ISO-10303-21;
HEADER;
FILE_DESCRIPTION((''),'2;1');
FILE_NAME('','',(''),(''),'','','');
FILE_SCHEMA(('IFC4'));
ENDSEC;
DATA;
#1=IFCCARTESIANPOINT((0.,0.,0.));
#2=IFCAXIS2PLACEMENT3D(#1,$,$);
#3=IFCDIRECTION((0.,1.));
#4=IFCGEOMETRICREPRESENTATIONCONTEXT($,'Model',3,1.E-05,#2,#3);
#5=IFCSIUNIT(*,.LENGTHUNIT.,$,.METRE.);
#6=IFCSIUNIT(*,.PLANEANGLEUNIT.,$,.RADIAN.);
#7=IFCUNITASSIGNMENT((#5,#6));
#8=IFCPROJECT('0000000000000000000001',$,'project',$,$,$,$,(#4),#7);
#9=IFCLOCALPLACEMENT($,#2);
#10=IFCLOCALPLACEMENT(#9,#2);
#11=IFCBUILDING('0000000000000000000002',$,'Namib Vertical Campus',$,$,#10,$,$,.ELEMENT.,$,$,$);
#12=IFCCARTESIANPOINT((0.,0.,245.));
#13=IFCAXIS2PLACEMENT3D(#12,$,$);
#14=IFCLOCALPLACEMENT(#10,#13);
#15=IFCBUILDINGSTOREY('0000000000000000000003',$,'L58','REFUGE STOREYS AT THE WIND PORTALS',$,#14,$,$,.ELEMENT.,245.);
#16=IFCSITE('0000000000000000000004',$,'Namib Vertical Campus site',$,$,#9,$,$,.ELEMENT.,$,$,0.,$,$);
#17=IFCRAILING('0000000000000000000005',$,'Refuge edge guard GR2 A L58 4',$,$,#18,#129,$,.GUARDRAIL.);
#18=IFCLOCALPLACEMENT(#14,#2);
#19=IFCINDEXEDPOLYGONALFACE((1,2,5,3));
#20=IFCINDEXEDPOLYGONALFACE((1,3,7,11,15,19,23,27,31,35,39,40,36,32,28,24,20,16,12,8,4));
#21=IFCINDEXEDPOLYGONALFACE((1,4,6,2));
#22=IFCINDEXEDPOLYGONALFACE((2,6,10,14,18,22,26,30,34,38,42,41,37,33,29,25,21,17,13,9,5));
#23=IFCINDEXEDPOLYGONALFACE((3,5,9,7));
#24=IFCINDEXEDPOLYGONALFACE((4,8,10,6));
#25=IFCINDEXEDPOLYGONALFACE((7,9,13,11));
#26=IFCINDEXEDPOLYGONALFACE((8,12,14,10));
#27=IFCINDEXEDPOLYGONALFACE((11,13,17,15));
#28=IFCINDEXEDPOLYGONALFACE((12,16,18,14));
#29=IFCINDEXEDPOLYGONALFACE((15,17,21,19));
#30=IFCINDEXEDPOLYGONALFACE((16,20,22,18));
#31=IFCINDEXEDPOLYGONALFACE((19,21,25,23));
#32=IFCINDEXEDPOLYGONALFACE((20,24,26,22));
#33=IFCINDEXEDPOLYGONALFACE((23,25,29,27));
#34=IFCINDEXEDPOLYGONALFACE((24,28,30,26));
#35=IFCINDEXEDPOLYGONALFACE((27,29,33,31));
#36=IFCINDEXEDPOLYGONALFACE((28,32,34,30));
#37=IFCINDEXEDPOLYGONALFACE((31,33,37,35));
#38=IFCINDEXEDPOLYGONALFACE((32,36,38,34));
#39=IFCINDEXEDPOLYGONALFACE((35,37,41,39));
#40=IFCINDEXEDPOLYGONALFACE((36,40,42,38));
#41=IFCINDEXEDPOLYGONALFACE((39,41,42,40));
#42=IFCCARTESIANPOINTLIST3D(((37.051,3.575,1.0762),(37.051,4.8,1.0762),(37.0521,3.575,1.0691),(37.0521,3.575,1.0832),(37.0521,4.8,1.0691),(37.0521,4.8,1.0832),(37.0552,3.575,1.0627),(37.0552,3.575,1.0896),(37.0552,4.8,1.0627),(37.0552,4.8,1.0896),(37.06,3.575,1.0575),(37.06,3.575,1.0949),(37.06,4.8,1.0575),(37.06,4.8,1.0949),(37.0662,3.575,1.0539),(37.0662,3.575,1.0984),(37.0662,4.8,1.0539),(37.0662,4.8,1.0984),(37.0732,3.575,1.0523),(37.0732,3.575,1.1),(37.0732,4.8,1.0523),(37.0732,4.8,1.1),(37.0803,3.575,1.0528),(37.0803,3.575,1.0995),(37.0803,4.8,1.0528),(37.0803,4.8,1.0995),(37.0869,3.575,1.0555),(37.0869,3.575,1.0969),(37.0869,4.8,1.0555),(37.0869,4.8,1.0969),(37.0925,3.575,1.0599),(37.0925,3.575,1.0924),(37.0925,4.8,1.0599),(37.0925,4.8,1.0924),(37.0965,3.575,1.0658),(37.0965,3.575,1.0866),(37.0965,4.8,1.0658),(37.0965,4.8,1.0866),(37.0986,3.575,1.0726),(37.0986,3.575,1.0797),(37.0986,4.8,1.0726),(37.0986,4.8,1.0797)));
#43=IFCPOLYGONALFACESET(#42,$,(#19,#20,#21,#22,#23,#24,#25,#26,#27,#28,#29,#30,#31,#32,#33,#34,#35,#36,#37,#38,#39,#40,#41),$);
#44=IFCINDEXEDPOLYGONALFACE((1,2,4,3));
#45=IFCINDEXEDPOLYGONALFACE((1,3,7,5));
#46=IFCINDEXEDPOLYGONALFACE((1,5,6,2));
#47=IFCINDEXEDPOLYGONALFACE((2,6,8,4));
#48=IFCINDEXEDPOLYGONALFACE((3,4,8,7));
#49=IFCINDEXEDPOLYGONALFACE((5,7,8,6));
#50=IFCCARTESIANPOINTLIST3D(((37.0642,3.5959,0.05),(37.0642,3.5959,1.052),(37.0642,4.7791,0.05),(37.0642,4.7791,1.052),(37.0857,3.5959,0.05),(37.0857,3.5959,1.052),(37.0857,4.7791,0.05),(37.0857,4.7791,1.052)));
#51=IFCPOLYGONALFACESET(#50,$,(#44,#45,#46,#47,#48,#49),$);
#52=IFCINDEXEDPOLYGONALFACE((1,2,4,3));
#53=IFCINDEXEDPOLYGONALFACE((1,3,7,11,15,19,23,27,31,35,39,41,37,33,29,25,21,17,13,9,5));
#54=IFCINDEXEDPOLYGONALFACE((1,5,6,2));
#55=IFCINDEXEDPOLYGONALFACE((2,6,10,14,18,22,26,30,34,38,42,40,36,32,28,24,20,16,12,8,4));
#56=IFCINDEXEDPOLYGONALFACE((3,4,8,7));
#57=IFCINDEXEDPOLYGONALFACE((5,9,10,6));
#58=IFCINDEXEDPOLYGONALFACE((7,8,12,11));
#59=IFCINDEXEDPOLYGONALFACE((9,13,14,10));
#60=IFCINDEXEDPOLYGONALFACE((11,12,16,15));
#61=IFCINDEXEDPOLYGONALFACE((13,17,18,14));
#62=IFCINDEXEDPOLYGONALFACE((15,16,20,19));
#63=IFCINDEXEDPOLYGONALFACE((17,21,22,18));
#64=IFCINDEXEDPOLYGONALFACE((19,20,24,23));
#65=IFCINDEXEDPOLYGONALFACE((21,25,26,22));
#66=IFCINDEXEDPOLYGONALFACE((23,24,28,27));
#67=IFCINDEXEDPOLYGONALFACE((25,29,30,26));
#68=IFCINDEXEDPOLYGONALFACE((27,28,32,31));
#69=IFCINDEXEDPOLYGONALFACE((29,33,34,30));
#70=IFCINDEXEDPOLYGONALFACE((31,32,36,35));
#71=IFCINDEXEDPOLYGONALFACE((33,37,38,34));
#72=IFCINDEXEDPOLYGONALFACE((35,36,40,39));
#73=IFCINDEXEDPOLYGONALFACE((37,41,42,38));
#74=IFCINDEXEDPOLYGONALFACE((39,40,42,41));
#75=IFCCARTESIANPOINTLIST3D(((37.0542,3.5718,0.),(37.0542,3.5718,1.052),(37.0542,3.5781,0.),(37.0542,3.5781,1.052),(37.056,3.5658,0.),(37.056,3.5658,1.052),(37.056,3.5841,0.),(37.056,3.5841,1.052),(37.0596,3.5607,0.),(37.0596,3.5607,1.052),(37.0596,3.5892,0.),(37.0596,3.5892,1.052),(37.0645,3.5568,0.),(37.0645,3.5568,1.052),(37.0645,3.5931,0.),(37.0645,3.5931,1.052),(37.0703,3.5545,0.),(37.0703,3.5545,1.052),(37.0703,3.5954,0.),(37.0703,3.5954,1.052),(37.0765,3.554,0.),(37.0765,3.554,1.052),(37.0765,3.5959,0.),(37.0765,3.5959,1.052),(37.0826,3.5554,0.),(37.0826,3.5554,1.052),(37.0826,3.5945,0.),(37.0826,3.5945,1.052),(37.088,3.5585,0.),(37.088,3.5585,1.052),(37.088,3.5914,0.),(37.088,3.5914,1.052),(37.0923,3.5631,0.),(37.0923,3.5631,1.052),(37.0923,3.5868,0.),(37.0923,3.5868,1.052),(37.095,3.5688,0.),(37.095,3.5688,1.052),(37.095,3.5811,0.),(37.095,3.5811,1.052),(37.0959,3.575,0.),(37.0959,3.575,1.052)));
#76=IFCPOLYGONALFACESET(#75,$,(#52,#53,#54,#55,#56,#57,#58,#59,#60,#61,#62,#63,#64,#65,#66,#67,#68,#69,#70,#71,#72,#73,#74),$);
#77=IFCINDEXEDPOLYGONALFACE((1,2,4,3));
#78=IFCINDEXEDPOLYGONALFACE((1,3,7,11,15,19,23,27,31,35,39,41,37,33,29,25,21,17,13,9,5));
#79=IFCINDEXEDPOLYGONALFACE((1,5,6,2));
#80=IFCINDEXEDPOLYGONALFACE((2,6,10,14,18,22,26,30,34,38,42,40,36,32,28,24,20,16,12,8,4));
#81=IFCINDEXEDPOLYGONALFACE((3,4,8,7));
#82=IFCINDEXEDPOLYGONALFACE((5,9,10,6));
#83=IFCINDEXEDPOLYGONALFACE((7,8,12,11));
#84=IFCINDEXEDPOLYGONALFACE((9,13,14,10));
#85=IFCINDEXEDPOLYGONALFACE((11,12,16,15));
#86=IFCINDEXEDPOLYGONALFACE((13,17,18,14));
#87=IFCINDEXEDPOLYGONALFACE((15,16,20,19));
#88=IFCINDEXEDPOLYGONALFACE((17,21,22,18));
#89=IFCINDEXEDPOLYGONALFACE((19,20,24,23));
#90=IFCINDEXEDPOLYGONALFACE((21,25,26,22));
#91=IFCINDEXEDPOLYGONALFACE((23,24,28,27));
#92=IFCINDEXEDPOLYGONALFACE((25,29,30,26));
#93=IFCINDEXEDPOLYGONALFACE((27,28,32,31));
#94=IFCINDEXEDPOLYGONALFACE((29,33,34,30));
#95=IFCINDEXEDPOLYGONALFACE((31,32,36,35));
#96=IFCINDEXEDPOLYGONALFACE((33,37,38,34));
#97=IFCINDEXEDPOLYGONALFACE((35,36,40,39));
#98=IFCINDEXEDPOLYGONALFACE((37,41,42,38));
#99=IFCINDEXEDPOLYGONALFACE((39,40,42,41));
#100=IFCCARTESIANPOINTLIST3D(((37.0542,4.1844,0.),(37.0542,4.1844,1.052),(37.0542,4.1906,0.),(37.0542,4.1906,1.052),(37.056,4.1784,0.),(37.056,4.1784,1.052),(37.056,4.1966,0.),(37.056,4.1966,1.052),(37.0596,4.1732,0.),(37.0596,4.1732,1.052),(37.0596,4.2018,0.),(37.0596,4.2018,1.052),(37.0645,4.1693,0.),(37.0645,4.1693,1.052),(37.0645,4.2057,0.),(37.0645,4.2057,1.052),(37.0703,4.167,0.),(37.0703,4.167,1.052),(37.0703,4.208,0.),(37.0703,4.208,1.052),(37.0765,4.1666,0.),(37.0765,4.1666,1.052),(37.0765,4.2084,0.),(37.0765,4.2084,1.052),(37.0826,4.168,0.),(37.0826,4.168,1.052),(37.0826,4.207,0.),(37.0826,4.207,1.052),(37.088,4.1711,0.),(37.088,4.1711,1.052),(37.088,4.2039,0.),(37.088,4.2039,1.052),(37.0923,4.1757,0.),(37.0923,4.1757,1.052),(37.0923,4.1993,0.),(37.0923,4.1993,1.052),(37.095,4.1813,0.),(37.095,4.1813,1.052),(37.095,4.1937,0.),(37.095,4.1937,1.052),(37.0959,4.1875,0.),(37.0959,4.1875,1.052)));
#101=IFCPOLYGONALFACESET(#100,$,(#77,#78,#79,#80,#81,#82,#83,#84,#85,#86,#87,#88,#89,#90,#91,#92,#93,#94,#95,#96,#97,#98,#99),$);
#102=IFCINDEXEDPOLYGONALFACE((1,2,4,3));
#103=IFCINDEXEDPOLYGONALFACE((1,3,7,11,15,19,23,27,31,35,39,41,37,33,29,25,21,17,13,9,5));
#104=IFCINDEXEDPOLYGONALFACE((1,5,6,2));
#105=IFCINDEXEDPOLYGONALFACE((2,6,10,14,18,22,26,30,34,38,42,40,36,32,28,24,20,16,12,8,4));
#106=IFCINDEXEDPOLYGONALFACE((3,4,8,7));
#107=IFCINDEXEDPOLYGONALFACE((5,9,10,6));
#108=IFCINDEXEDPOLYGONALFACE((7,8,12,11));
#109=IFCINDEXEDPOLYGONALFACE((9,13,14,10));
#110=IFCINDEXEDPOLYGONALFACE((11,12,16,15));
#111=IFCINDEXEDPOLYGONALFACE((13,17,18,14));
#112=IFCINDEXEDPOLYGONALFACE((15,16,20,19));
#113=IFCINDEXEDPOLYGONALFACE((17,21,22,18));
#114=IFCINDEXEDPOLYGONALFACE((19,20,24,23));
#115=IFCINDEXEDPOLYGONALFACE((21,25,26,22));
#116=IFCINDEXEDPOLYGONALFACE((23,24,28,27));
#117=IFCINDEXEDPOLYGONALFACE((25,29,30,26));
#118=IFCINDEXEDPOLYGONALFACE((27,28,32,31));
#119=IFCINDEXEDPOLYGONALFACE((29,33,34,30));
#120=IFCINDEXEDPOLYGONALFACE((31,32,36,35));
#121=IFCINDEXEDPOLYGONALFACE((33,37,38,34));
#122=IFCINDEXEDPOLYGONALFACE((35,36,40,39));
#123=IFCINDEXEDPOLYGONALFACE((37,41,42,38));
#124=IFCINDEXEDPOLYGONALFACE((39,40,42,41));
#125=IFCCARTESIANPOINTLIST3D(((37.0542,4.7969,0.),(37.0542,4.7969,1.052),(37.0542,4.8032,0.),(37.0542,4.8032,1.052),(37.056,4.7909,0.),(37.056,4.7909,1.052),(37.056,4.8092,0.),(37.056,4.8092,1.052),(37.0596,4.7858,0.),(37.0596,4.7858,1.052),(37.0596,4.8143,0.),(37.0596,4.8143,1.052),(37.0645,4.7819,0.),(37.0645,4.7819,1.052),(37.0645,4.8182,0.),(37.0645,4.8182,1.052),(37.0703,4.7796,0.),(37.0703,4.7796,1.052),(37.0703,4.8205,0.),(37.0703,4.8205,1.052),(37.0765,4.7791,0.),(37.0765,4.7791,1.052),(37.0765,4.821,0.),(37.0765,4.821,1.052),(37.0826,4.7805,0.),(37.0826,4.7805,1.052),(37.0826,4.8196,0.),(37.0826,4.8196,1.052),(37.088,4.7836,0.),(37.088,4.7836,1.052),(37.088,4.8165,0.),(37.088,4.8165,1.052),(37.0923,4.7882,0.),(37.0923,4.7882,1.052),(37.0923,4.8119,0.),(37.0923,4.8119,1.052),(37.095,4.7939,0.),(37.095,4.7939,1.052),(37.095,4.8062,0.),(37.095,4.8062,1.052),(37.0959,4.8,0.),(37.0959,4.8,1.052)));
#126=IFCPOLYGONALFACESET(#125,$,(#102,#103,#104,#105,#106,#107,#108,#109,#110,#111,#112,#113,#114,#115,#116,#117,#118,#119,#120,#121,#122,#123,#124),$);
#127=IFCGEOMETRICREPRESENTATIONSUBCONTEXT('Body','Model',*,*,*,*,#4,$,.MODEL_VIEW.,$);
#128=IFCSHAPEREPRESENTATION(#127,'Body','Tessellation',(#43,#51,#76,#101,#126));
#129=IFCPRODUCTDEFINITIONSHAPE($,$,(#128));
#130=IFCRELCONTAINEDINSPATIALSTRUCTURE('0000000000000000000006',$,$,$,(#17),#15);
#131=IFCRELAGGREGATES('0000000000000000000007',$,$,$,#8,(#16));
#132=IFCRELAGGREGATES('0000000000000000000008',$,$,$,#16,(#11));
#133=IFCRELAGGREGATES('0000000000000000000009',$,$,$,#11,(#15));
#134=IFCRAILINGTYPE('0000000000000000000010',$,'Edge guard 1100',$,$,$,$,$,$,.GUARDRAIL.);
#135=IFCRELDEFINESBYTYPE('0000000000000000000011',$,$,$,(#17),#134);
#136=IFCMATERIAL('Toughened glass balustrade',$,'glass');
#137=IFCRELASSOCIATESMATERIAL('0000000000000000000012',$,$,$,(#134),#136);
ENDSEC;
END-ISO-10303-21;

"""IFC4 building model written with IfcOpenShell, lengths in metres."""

from ifc_helpers import new_model, si_unit, direction, frame, origin, origin_2d, place, context, subcontext, project, spatial, polyline, circle, outline, extrude, material, type_object, element, save


model = new_model("IFC4")

# Units and contexts
model_context = context("Model", 3, precision=1e-05, world=origin(), true_north=direction((0.0, 1.0)))
body_context = subcontext(model_context, "Body", "Model", "MODEL_VIEW")
ifc_project = project(units=[si_unit("LENGTHUNIT", "METRE"), si_unit("PLANEANGLEUNIT", "RADIAN")], contexts=[model_context])

# Site, building, storey
site_placement = place(None, origin())
site = spatial("IfcSite", under=ifc_project, at=site_placement, Name="Namib Vertical Campus site", CompositionType="ELEMENT", RefElevation=0.0)
building_placement = place(site_placement, origin())
building = spatial("IfcBuilding", under=site, at=building_placement, Name="Namib Vertical Campus", CompositionType="ELEMENT")
storey_placement = place(building_placement, frame((0.0, 0.0, 245.0)))
storey = spatial("IfcBuildingStorey", under=building, at=storey_placement, Name="L58", Description="REFUGE STOREYS AT THE WIND PORTALS", CompositionType="ELEMENT", Elevation=245.0)

# Railing
ifc_material_1 = material(Name="Toughened glass balustrade", Category="glass")
railing_type = type_object("IfcRailingType", Name="Edge guard 1100", PredefinedType="GUARDRAIL", material=ifc_material_1)
railing_1_placement = place(storey_placement, frame((37.075, 3.575, 0.0)))
element("IfcRailing", 1, at=railing_1_placement, inside=storey, type_object=railing_type, Name="Refuge edge guard GR2 A L58 4", PredefinedType="GUARDRAIL", context=body_context, shape_type="SweptSolid", body=[
    extrude(circle(Radius=0.0239, at=origin_2d()), frame((0.0, 0.0, 1.0762), z_axis=(0.0, 1.0, 0.0), x_axis=(-1.0, 0.0, 0.0)), (0.0, 0.0, 1.0), 1.2251),
    extrude(outline(polyline([(0.021, 0.05), (1.2041, 0.05), (1.2041, 1.052), (0.021, 1.052), (0.021, 0.05)])), frame((-0.0107, 0.0, 0.0), z_axis=(1.0, 0.0, 0.0), x_axis=(0.0, 1.0, 0.0)), (0.0, 0.0, 1.0), 0.0215),
    extrude(circle(Radius=0.021, at=origin_2d()), origin(), (0.0, 0.0, 1.0), 1.052),
    extrude(circle(Radius=0.021, at=origin_2d()), frame((0.0, 0.6125, 0.0)), (0.0, 0.0, 1.0), 1.052),
    extrude(circle(Radius=0.021, at=origin_2d()), frame((0.0, 1.2251, 0.0)), (0.0, 0.0, 1.0), 1.052),
])

save(model, "model.ifc")
